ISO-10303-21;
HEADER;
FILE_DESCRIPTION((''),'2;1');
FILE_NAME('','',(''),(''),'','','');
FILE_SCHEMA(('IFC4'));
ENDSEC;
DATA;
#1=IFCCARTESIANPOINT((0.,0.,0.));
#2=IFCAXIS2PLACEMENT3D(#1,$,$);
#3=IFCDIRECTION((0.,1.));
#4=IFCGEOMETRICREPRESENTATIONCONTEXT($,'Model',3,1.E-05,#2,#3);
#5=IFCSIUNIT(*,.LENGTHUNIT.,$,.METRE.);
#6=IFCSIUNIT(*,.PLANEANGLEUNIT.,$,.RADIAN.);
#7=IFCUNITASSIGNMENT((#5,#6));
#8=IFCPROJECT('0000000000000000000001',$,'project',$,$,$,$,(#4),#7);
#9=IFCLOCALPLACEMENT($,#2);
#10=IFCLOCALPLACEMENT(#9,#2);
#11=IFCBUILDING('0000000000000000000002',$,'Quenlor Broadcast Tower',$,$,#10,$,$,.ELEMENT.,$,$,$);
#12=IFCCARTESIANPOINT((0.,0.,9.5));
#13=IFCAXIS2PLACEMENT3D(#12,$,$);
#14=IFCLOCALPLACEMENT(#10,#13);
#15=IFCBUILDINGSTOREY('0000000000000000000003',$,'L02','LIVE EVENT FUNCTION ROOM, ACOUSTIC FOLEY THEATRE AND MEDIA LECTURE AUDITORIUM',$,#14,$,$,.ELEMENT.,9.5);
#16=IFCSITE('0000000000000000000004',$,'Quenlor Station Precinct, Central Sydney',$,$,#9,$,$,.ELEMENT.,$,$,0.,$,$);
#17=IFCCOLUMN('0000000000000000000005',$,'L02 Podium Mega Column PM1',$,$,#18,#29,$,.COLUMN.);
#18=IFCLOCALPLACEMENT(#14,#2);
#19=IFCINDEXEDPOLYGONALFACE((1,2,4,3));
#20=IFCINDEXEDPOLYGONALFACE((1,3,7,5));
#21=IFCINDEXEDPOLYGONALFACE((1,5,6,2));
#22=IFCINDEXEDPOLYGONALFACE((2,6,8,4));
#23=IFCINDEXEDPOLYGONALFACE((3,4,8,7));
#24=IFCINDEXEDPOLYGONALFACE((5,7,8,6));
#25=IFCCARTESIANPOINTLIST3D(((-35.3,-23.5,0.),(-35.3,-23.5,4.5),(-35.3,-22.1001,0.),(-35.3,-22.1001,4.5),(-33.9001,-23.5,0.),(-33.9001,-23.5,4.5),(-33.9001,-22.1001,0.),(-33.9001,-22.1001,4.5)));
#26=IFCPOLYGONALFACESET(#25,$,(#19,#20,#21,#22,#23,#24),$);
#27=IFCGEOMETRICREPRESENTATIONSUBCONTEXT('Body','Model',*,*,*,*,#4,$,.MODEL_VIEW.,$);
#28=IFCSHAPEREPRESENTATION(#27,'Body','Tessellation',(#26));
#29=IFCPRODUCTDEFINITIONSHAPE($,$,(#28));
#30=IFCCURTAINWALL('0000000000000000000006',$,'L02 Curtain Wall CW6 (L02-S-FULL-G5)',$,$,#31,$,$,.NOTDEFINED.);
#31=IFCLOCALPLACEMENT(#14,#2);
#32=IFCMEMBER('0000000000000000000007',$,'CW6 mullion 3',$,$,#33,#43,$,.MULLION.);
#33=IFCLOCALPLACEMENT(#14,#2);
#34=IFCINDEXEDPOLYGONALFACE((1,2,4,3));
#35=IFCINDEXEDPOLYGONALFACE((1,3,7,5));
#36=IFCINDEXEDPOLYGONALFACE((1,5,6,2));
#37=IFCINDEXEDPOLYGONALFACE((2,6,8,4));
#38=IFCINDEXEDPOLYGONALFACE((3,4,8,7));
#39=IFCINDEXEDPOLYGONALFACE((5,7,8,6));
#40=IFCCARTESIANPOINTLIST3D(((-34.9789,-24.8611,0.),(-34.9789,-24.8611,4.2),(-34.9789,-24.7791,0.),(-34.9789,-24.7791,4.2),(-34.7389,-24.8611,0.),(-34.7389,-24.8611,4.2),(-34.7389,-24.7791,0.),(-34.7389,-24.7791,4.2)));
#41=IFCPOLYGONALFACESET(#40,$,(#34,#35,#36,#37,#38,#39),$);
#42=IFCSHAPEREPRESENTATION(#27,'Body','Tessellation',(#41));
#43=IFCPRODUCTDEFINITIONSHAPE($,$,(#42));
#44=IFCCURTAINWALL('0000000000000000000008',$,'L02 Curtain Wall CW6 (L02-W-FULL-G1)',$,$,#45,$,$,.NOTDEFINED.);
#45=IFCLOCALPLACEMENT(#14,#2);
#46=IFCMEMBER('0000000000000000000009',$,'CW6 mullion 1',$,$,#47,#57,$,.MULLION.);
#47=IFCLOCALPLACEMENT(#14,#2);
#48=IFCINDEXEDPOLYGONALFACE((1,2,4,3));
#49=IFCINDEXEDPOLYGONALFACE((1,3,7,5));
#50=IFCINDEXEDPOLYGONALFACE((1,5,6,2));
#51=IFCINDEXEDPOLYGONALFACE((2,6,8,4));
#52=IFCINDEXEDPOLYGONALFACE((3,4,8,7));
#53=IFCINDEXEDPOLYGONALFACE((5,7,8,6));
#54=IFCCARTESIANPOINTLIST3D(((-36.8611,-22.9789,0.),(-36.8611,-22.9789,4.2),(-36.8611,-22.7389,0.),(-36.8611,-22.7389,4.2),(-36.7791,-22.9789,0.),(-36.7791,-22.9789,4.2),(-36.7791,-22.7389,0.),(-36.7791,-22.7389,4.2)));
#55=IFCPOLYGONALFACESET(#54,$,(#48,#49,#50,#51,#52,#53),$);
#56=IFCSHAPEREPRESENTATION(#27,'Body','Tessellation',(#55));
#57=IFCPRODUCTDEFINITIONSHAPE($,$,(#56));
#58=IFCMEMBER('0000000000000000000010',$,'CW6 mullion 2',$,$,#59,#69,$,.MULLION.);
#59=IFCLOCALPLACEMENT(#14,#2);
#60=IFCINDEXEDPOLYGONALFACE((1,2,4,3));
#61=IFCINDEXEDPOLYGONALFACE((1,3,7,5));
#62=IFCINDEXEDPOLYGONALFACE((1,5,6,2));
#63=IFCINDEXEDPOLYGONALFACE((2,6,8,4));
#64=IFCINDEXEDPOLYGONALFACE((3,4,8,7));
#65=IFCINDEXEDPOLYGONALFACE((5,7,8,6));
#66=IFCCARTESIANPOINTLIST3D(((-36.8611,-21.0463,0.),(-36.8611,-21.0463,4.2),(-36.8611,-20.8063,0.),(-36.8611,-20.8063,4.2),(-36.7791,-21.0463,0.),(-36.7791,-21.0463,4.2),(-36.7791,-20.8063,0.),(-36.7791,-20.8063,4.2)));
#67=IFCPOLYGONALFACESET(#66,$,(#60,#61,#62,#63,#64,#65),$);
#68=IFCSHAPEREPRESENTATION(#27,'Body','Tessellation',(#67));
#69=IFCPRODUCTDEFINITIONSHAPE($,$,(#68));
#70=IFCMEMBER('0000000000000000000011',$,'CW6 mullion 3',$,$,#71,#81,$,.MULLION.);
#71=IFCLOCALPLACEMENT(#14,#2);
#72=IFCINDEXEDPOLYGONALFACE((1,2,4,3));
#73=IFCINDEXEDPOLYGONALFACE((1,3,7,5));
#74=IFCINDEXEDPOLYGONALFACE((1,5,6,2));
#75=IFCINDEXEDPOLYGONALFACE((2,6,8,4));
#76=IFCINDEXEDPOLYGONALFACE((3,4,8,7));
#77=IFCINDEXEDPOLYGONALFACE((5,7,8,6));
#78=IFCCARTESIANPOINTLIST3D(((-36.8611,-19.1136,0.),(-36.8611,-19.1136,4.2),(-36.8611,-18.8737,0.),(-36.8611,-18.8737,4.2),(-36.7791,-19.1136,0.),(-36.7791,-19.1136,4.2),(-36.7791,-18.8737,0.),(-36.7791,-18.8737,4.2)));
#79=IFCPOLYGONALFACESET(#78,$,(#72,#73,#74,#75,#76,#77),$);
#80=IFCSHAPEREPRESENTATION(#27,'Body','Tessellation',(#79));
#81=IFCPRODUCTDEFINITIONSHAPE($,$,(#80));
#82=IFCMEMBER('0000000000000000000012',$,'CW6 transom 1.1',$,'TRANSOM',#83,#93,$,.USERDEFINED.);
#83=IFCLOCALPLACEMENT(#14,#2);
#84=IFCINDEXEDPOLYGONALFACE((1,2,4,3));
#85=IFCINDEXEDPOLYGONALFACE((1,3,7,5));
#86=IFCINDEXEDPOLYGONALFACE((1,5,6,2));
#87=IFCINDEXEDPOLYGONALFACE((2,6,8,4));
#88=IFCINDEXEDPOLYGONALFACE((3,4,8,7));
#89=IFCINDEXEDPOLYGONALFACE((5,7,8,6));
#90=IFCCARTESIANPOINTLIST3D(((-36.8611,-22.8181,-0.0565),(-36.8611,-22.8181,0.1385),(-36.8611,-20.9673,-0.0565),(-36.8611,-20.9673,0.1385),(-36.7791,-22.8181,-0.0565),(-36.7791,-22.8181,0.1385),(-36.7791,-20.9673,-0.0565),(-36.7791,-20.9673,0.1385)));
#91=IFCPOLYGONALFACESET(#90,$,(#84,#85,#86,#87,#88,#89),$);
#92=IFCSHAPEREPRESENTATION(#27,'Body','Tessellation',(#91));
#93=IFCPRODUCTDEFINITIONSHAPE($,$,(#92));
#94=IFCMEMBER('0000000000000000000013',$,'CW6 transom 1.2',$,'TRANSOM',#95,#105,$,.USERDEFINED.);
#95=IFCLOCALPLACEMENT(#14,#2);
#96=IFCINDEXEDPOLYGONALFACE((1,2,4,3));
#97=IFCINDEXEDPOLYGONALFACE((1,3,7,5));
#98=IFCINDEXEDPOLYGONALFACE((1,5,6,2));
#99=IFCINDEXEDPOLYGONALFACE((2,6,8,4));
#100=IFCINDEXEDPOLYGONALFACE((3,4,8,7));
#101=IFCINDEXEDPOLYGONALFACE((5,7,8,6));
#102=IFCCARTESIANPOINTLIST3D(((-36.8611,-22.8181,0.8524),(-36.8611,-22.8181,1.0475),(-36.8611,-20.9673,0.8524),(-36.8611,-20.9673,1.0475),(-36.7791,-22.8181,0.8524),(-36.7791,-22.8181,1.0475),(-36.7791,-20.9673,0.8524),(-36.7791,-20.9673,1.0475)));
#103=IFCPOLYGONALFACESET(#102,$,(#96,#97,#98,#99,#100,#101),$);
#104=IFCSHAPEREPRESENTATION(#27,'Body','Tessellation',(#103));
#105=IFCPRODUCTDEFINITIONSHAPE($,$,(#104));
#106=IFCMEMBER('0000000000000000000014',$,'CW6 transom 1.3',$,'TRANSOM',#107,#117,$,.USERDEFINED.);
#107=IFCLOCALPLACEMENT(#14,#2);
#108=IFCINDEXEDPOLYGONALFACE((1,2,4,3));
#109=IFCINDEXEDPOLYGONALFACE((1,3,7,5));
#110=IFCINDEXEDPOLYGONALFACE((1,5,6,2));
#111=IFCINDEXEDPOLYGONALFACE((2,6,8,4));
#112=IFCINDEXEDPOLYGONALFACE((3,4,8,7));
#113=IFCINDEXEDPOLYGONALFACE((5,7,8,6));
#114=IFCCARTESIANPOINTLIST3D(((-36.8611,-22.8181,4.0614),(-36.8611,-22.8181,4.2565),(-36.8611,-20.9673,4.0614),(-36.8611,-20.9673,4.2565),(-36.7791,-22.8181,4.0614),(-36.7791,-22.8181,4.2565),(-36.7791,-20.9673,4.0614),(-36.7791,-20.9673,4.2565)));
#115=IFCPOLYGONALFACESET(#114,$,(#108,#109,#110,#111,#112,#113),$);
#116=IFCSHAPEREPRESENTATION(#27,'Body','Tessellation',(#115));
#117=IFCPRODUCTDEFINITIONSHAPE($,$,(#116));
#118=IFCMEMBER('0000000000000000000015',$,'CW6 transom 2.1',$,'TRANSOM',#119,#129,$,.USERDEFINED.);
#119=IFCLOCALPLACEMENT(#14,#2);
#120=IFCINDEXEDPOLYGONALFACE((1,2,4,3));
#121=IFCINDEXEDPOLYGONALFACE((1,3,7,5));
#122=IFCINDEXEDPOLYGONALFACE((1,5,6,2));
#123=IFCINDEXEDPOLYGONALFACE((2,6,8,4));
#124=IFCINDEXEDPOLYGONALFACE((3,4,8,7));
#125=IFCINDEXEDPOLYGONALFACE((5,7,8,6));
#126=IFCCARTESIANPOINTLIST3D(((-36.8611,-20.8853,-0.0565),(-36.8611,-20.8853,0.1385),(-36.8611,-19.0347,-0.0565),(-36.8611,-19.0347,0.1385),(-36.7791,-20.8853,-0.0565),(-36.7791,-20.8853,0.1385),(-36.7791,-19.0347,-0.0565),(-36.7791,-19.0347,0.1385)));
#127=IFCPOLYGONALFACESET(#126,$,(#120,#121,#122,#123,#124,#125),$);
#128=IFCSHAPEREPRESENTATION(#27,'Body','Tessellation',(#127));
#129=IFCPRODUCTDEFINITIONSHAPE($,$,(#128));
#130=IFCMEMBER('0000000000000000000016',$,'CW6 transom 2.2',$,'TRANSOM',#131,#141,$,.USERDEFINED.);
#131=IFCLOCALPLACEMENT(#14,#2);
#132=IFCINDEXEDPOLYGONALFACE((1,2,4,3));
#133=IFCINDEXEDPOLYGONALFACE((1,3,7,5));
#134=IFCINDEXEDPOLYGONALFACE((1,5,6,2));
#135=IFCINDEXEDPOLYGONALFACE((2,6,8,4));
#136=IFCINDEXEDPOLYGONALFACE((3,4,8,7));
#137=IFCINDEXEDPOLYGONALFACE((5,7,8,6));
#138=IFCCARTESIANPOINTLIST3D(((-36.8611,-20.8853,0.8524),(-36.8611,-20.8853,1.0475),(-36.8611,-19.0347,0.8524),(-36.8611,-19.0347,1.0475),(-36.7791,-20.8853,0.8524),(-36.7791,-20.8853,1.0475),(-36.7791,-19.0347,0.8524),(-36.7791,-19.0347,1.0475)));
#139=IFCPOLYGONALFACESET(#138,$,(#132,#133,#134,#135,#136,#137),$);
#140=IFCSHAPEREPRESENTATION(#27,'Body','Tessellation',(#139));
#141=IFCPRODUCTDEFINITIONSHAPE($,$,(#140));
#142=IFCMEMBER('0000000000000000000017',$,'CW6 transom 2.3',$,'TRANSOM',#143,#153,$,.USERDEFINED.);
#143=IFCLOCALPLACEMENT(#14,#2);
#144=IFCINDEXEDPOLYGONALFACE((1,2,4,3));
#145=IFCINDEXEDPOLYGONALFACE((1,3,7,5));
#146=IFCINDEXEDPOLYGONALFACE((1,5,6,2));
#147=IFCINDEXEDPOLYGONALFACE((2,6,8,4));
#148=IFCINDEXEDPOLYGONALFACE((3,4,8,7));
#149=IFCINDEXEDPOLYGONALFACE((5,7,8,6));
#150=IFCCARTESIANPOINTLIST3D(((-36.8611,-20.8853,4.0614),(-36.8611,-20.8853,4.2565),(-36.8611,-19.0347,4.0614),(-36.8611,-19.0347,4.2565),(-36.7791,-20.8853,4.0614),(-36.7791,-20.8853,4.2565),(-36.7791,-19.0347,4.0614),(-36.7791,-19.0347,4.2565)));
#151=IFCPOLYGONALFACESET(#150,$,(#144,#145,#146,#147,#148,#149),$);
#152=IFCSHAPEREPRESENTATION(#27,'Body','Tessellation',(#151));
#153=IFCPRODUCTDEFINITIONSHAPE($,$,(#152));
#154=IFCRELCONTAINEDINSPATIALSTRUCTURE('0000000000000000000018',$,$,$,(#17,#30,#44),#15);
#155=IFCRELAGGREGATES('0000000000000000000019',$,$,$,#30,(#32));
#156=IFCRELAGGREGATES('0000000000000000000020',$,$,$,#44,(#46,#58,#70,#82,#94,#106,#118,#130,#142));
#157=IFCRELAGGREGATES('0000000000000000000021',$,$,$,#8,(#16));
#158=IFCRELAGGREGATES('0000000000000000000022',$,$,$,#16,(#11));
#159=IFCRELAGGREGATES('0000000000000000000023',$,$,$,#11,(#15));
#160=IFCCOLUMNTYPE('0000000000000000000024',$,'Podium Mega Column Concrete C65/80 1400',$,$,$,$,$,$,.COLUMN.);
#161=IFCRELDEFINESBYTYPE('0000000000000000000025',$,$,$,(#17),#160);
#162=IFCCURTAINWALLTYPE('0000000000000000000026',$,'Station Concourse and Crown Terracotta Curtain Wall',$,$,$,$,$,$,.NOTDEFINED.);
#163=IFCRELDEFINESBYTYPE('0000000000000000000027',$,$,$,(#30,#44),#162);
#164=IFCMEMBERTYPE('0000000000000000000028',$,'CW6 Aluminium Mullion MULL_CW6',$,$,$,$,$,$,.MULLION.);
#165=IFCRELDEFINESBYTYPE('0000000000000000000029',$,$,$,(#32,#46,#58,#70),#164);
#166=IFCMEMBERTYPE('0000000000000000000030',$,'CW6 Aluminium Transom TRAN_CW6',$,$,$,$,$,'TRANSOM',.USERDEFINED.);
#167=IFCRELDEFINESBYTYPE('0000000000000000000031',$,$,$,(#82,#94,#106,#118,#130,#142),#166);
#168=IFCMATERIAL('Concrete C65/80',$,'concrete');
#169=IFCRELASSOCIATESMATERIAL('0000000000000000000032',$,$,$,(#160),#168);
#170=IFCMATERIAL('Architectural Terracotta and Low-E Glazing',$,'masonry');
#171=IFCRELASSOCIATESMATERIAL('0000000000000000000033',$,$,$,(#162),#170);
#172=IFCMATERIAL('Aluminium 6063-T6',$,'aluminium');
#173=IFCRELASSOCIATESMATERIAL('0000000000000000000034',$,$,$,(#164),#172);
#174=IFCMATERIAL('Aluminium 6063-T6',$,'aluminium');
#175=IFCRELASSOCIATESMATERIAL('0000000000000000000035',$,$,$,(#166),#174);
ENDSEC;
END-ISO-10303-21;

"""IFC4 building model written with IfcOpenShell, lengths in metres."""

from ifc_helpers import new_model, si_unit, direction, frame, origin, origin_2d, place, context, subcontext, project, spatial, rectangle, extrude, material, material_profile, profile_set, type_object, element, aggregate, save


model = new_model("IFC4")

# Units and contexts
model_context = context("Model", 3, precision=1e-05, world=origin(), true_north=direction((0.0, 1.0)))
body_context = subcontext(model_context, "Body", "Model", "MODEL_VIEW")
ifc_project = project(units=[si_unit("LENGTHUNIT", "METRE"), si_unit("PLANEANGLEUNIT", "RADIAN")], contexts=[model_context])

# Site, building, storey
site_placement = place(None, origin())
site = spatial("IfcSite", under=ifc_project, at=site_placement, Name="Quenlor Station Precinct, Central Sydney", CompositionType="ELEMENT", RefElevation=0.0)
building_placement = place(site_placement, origin())
building = spatial("IfcBuilding", under=site, at=building_placement, Name="Quenlor Broadcast Tower", CompositionType="ELEMENT")
storey_placement = place(building_placement, frame((0.0, 0.0, 9.5)))
storey = spatial("IfcBuildingStorey", under=building, at=storey_placement, Name="L02", Description="LIVE EVENT FUNCTION ROOM, ACOUSTIC FOLEY THEATRE AND MEDIA LECTURE AUDITORIUM", CompositionType="ELEMENT", Elevation=9.5)

# Column
ifc_material_1 = material(Name="Concrete C65/80", Category="concrete")
ifc_material_profile_1 = material_profile(ifc_material_1, rectangle(XDim=1.3999, YDim=1.3999, at=origin_2d()))
ifc_profile_set_1 = profile_set([ifc_material_profile_1], Name="Concrete C65/80 RC1400x1400")
column_type = type_object("IfcColumnType", Name="Podium Mega Column Concrete C65/80 1400", PredefinedType="COLUMN", material=ifc_profile_set_1)
column_placement = place(storey_placement, frame((-34.6001, -22.8, 0.0), z_axis=(0.0, 0.0, 1.0), x_axis=(1.0, 0.0, 0.0)))
element("IfcColumn", 1, at=column_placement, inside=storey, type_object=column_type, Name="L02 Podium Mega Column PM1", PredefinedType="COLUMN", context=body_context, shape_type="SweptSolid", body=[
    extrude(rectangle(XDim=1.3999, YDim=1.3999, at=origin_2d()), origin(), (0.0, 0.0, 1.0), 4.5),
])

# Curtain wall, member
ifc_material_2 = material(Name="Architectural Terracotta and Low-E Glazing", Category="masonry")
curtain_wall_type = type_object("IfcCurtainWallType", Name="Station Concourse and Crown Terracotta Curtain Wall", PredefinedType="NOTDEFINED", material=ifc_material_2)
curtain_wall_1_placement = place(storey_placement, origin())
curtain_wall_1 = element("IfcCurtainWall", 2, at=curtain_wall_1_placement, inside=storey, type_object=curtain_wall_type, Name="L02 Curtain Wall CW6 (L02-S-FULL-G5)", PredefinedType="NOTDEFINED")
ifc_material_3 = material(Name="Aluminium 6063-T6", Category="aluminium")
ifc_material_profile_2 = material_profile(ifc_material_3, rectangle(XDim=0.082, YDim=0.24, at=origin_2d()))
ifc_profile_set_2 = profile_set([ifc_material_profile_2], Name="Aluminium 6063-T6 MULL82x240")
member_type_1 = type_object("IfcMemberType", Name="CW6 Aluminium Mullion MULL_CW6", PredefinedType="MULLION", material=ifc_profile_set_2)
member_1_placement = place(storey_placement, frame((-34.8589, -24.8201, 0.0), z_axis=(0.0, 0.0, 1.0), x_axis=(0.0, -1.0, 0.0)))
member_1 = element("IfcMember", 3, at=member_1_placement, type_object=member_type_1, Name="CW6 mullion 3", PredefinedType="MULLION", context=body_context, shape_type="SweptSolid", body=[
    extrude(rectangle(XDim=0.082, YDim=0.24, at=origin_2d()), origin(), (0.0, 0.0, 1.0), 4.2),
])
aggregate(curtain_wall_1, [member_1])

# Curtain wall, members
curtain_wall_2_placement = place(storey_placement, origin())
curtain_wall_2 = element("IfcCurtainWall", 4, at=curtain_wall_2_placement, inside=storey, type_object=curtain_wall_type, Name="L02 Curtain Wall CW6 (L02-W-FULL-G1)", PredefinedType="NOTDEFINED")
member_2_placement = place(storey_placement, frame((-36.8201, -22.8589, 0.0), z_axis=(0.0, 0.0, 1.0), x_axis=(-1.0, 0.0, 0.0)))
member_2 = element("IfcMember", 5, at=member_2_placement, type_object=member_type_1, Name="CW6 mullion 1", PredefinedType="MULLION", context=body_context, shape_type="SweptSolid", body=[
    extrude(rectangle(XDim=0.082, YDim=0.24, at=origin_2d()), origin(), (0.0, 0.0, 1.0), 4.2),
])
member_3_placement = place(storey_placement, frame((-36.8201, -20.9263, 0.0), z_axis=(0.0, 0.0, 1.0), x_axis=(-1.0, 0.0, 0.0)))
member_3 = element("IfcMember", 6, at=member_3_placement, type_object=member_type_1, Name="CW6 mullion 2", PredefinedType="MULLION", context=body_context, shape_type="SweptSolid", body=[
    extrude(rectangle(XDim=0.082, YDim=0.24, at=origin_2d()), origin(), (0.0, 0.0, 1.0), 4.2),
])
member_4_placement = place(storey_placement, frame((-36.8201, -18.9937, 0.0), z_axis=(0.0, 0.0, 1.0), x_axis=(-1.0, 0.0, 0.0)))
member_4 = element("IfcMember", 7, at=member_4_placement, type_object=member_type_1, Name="CW6 mullion 3", PredefinedType="MULLION", context=body_context, shape_type="SweptSolid", body=[
    extrude(rectangle(XDim=0.082, YDim=0.24, at=origin_2d()), origin(), (0.0, 0.0, 1.0), 4.2),
])
ifc_material_4 = material(Name="Aluminium 6063-T6", Category="aluminium")
ifc_material_profile_3 = material_profile(ifc_material_4, rectangle(XDim=0.082, YDim=0.1951, at=origin_2d()))
ifc_profile_set_3 = profile_set([ifc_material_profile_3], Name="Aluminium 6063-T6 TRAN82x195")
member_type_2 = type_object("IfcMemberType", Name="CW6 Aluminium Transom TRAN_CW6", ElementType="TRANSOM", PredefinedType="USERDEFINED", material=ifc_profile_set_3)
member_5_placement = place(storey_placement, frame((-36.8201, -22.8181, 0.041), z_axis=(0.0, 1.0, 0.0), x_axis=(-1.0, 0.0, 0.0)))
member_5 = element("IfcMember", 8, at=member_5_placement, type_object=member_type_2, Name="CW6 transom 1.1", ObjectType="TRANSOM", PredefinedType="USERDEFINED", context=body_context, shape_type="SweptSolid", body=[
    extrude(rectangle(XDim=0.082, YDim=0.1951, at=origin_2d()), origin(), (0.0, 0.0, 1.0), 1.8508),
])
member_6_placement = place(storey_placement, frame((-36.8201, -22.8181, 0.95), z_axis=(0.0, 1.0, 0.0), x_axis=(-1.0, 0.0, 0.0)))
member_6 = element("IfcMember", 9, at=member_6_placement, type_object=member_type_2, Name="CW6 transom 1.2", ObjectType="TRANSOM", PredefinedType="USERDEFINED", context=body_context, shape_type="SweptSolid", body=[
    extrude(rectangle(XDim=0.082, YDim=0.1951, at=origin_2d()), origin(), (0.0, 0.0, 1.0), 1.8508),
])
member_7_placement = place(storey_placement, frame((-36.8201, -22.8181, 4.1589), z_axis=(0.0, 1.0, 0.0), x_axis=(-1.0, 0.0, 0.0)))
member_7 = element("IfcMember", 10, at=member_7_placement, type_object=member_type_2, Name="CW6 transom 1.3", ObjectType="TRANSOM", PredefinedType="USERDEFINED", context=body_context, shape_type="SweptSolid", body=[
    extrude(rectangle(XDim=0.082, YDim=0.1951, at=origin_2d()), origin(), (0.0, 0.0, 1.0), 1.8508),
])
member_8_placement = place(storey_placement, frame((-36.8201, -20.8853, 0.041), z_axis=(0.0, 1.0, 0.0), x_axis=(-1.0, 0.0, 0.0)))
member_8 = element("IfcMember", 11, at=member_8_placement, type_object=member_type_2, Name="CW6 transom 2.1", ObjectType="TRANSOM", PredefinedType="USERDEFINED", context=body_context, shape_type="SweptSolid", body=[
    extrude(rectangle(XDim=0.082, YDim=0.1951, at=origin_2d()), origin(), (0.0, 0.0, 1.0), 1.8506),
])
member_9_placement = place(storey_placement, frame((-36.8201, -20.8853, 0.95), z_axis=(0.0, 1.0, 0.0), x_axis=(-1.0, 0.0, 0.0)))
member_9 = element("IfcMember", 12, at=member_9_placement, type_object=member_type_2, Name="CW6 transom 2.2", ObjectType="TRANSOM", PredefinedType="USERDEFINED", context=body_context, shape_type="SweptSolid", body=[
    extrude(rectangle(XDim=0.082, YDim=0.1951, at=origin_2d()), origin(), (0.0, 0.0, 1.0), 1.8506),
])
member_10_placement = place(storey_placement, frame((-36.8201, -20.8853, 4.1589), z_axis=(0.0, 1.0, 0.0), x_axis=(-1.0, 0.0, 0.0)))
member_10 = element("IfcMember", 13, at=member_10_placement, type_object=member_type_2, Name="CW6 transom 2.3", ObjectType="TRANSOM", PredefinedType="USERDEFINED", context=body_context, shape_type="SweptSolid", body=[
    extrude(rectangle(XDim=0.082, YDim=0.1951, at=origin_2d()), origin(), (0.0, 0.0, 1.0), 1.8506),
])

aggregate(curtain_wall_2, [member_2, member_3, member_4, member_5, member_6, member_7, member_8, member_9, member_10])

save(model, "model.ifc")
